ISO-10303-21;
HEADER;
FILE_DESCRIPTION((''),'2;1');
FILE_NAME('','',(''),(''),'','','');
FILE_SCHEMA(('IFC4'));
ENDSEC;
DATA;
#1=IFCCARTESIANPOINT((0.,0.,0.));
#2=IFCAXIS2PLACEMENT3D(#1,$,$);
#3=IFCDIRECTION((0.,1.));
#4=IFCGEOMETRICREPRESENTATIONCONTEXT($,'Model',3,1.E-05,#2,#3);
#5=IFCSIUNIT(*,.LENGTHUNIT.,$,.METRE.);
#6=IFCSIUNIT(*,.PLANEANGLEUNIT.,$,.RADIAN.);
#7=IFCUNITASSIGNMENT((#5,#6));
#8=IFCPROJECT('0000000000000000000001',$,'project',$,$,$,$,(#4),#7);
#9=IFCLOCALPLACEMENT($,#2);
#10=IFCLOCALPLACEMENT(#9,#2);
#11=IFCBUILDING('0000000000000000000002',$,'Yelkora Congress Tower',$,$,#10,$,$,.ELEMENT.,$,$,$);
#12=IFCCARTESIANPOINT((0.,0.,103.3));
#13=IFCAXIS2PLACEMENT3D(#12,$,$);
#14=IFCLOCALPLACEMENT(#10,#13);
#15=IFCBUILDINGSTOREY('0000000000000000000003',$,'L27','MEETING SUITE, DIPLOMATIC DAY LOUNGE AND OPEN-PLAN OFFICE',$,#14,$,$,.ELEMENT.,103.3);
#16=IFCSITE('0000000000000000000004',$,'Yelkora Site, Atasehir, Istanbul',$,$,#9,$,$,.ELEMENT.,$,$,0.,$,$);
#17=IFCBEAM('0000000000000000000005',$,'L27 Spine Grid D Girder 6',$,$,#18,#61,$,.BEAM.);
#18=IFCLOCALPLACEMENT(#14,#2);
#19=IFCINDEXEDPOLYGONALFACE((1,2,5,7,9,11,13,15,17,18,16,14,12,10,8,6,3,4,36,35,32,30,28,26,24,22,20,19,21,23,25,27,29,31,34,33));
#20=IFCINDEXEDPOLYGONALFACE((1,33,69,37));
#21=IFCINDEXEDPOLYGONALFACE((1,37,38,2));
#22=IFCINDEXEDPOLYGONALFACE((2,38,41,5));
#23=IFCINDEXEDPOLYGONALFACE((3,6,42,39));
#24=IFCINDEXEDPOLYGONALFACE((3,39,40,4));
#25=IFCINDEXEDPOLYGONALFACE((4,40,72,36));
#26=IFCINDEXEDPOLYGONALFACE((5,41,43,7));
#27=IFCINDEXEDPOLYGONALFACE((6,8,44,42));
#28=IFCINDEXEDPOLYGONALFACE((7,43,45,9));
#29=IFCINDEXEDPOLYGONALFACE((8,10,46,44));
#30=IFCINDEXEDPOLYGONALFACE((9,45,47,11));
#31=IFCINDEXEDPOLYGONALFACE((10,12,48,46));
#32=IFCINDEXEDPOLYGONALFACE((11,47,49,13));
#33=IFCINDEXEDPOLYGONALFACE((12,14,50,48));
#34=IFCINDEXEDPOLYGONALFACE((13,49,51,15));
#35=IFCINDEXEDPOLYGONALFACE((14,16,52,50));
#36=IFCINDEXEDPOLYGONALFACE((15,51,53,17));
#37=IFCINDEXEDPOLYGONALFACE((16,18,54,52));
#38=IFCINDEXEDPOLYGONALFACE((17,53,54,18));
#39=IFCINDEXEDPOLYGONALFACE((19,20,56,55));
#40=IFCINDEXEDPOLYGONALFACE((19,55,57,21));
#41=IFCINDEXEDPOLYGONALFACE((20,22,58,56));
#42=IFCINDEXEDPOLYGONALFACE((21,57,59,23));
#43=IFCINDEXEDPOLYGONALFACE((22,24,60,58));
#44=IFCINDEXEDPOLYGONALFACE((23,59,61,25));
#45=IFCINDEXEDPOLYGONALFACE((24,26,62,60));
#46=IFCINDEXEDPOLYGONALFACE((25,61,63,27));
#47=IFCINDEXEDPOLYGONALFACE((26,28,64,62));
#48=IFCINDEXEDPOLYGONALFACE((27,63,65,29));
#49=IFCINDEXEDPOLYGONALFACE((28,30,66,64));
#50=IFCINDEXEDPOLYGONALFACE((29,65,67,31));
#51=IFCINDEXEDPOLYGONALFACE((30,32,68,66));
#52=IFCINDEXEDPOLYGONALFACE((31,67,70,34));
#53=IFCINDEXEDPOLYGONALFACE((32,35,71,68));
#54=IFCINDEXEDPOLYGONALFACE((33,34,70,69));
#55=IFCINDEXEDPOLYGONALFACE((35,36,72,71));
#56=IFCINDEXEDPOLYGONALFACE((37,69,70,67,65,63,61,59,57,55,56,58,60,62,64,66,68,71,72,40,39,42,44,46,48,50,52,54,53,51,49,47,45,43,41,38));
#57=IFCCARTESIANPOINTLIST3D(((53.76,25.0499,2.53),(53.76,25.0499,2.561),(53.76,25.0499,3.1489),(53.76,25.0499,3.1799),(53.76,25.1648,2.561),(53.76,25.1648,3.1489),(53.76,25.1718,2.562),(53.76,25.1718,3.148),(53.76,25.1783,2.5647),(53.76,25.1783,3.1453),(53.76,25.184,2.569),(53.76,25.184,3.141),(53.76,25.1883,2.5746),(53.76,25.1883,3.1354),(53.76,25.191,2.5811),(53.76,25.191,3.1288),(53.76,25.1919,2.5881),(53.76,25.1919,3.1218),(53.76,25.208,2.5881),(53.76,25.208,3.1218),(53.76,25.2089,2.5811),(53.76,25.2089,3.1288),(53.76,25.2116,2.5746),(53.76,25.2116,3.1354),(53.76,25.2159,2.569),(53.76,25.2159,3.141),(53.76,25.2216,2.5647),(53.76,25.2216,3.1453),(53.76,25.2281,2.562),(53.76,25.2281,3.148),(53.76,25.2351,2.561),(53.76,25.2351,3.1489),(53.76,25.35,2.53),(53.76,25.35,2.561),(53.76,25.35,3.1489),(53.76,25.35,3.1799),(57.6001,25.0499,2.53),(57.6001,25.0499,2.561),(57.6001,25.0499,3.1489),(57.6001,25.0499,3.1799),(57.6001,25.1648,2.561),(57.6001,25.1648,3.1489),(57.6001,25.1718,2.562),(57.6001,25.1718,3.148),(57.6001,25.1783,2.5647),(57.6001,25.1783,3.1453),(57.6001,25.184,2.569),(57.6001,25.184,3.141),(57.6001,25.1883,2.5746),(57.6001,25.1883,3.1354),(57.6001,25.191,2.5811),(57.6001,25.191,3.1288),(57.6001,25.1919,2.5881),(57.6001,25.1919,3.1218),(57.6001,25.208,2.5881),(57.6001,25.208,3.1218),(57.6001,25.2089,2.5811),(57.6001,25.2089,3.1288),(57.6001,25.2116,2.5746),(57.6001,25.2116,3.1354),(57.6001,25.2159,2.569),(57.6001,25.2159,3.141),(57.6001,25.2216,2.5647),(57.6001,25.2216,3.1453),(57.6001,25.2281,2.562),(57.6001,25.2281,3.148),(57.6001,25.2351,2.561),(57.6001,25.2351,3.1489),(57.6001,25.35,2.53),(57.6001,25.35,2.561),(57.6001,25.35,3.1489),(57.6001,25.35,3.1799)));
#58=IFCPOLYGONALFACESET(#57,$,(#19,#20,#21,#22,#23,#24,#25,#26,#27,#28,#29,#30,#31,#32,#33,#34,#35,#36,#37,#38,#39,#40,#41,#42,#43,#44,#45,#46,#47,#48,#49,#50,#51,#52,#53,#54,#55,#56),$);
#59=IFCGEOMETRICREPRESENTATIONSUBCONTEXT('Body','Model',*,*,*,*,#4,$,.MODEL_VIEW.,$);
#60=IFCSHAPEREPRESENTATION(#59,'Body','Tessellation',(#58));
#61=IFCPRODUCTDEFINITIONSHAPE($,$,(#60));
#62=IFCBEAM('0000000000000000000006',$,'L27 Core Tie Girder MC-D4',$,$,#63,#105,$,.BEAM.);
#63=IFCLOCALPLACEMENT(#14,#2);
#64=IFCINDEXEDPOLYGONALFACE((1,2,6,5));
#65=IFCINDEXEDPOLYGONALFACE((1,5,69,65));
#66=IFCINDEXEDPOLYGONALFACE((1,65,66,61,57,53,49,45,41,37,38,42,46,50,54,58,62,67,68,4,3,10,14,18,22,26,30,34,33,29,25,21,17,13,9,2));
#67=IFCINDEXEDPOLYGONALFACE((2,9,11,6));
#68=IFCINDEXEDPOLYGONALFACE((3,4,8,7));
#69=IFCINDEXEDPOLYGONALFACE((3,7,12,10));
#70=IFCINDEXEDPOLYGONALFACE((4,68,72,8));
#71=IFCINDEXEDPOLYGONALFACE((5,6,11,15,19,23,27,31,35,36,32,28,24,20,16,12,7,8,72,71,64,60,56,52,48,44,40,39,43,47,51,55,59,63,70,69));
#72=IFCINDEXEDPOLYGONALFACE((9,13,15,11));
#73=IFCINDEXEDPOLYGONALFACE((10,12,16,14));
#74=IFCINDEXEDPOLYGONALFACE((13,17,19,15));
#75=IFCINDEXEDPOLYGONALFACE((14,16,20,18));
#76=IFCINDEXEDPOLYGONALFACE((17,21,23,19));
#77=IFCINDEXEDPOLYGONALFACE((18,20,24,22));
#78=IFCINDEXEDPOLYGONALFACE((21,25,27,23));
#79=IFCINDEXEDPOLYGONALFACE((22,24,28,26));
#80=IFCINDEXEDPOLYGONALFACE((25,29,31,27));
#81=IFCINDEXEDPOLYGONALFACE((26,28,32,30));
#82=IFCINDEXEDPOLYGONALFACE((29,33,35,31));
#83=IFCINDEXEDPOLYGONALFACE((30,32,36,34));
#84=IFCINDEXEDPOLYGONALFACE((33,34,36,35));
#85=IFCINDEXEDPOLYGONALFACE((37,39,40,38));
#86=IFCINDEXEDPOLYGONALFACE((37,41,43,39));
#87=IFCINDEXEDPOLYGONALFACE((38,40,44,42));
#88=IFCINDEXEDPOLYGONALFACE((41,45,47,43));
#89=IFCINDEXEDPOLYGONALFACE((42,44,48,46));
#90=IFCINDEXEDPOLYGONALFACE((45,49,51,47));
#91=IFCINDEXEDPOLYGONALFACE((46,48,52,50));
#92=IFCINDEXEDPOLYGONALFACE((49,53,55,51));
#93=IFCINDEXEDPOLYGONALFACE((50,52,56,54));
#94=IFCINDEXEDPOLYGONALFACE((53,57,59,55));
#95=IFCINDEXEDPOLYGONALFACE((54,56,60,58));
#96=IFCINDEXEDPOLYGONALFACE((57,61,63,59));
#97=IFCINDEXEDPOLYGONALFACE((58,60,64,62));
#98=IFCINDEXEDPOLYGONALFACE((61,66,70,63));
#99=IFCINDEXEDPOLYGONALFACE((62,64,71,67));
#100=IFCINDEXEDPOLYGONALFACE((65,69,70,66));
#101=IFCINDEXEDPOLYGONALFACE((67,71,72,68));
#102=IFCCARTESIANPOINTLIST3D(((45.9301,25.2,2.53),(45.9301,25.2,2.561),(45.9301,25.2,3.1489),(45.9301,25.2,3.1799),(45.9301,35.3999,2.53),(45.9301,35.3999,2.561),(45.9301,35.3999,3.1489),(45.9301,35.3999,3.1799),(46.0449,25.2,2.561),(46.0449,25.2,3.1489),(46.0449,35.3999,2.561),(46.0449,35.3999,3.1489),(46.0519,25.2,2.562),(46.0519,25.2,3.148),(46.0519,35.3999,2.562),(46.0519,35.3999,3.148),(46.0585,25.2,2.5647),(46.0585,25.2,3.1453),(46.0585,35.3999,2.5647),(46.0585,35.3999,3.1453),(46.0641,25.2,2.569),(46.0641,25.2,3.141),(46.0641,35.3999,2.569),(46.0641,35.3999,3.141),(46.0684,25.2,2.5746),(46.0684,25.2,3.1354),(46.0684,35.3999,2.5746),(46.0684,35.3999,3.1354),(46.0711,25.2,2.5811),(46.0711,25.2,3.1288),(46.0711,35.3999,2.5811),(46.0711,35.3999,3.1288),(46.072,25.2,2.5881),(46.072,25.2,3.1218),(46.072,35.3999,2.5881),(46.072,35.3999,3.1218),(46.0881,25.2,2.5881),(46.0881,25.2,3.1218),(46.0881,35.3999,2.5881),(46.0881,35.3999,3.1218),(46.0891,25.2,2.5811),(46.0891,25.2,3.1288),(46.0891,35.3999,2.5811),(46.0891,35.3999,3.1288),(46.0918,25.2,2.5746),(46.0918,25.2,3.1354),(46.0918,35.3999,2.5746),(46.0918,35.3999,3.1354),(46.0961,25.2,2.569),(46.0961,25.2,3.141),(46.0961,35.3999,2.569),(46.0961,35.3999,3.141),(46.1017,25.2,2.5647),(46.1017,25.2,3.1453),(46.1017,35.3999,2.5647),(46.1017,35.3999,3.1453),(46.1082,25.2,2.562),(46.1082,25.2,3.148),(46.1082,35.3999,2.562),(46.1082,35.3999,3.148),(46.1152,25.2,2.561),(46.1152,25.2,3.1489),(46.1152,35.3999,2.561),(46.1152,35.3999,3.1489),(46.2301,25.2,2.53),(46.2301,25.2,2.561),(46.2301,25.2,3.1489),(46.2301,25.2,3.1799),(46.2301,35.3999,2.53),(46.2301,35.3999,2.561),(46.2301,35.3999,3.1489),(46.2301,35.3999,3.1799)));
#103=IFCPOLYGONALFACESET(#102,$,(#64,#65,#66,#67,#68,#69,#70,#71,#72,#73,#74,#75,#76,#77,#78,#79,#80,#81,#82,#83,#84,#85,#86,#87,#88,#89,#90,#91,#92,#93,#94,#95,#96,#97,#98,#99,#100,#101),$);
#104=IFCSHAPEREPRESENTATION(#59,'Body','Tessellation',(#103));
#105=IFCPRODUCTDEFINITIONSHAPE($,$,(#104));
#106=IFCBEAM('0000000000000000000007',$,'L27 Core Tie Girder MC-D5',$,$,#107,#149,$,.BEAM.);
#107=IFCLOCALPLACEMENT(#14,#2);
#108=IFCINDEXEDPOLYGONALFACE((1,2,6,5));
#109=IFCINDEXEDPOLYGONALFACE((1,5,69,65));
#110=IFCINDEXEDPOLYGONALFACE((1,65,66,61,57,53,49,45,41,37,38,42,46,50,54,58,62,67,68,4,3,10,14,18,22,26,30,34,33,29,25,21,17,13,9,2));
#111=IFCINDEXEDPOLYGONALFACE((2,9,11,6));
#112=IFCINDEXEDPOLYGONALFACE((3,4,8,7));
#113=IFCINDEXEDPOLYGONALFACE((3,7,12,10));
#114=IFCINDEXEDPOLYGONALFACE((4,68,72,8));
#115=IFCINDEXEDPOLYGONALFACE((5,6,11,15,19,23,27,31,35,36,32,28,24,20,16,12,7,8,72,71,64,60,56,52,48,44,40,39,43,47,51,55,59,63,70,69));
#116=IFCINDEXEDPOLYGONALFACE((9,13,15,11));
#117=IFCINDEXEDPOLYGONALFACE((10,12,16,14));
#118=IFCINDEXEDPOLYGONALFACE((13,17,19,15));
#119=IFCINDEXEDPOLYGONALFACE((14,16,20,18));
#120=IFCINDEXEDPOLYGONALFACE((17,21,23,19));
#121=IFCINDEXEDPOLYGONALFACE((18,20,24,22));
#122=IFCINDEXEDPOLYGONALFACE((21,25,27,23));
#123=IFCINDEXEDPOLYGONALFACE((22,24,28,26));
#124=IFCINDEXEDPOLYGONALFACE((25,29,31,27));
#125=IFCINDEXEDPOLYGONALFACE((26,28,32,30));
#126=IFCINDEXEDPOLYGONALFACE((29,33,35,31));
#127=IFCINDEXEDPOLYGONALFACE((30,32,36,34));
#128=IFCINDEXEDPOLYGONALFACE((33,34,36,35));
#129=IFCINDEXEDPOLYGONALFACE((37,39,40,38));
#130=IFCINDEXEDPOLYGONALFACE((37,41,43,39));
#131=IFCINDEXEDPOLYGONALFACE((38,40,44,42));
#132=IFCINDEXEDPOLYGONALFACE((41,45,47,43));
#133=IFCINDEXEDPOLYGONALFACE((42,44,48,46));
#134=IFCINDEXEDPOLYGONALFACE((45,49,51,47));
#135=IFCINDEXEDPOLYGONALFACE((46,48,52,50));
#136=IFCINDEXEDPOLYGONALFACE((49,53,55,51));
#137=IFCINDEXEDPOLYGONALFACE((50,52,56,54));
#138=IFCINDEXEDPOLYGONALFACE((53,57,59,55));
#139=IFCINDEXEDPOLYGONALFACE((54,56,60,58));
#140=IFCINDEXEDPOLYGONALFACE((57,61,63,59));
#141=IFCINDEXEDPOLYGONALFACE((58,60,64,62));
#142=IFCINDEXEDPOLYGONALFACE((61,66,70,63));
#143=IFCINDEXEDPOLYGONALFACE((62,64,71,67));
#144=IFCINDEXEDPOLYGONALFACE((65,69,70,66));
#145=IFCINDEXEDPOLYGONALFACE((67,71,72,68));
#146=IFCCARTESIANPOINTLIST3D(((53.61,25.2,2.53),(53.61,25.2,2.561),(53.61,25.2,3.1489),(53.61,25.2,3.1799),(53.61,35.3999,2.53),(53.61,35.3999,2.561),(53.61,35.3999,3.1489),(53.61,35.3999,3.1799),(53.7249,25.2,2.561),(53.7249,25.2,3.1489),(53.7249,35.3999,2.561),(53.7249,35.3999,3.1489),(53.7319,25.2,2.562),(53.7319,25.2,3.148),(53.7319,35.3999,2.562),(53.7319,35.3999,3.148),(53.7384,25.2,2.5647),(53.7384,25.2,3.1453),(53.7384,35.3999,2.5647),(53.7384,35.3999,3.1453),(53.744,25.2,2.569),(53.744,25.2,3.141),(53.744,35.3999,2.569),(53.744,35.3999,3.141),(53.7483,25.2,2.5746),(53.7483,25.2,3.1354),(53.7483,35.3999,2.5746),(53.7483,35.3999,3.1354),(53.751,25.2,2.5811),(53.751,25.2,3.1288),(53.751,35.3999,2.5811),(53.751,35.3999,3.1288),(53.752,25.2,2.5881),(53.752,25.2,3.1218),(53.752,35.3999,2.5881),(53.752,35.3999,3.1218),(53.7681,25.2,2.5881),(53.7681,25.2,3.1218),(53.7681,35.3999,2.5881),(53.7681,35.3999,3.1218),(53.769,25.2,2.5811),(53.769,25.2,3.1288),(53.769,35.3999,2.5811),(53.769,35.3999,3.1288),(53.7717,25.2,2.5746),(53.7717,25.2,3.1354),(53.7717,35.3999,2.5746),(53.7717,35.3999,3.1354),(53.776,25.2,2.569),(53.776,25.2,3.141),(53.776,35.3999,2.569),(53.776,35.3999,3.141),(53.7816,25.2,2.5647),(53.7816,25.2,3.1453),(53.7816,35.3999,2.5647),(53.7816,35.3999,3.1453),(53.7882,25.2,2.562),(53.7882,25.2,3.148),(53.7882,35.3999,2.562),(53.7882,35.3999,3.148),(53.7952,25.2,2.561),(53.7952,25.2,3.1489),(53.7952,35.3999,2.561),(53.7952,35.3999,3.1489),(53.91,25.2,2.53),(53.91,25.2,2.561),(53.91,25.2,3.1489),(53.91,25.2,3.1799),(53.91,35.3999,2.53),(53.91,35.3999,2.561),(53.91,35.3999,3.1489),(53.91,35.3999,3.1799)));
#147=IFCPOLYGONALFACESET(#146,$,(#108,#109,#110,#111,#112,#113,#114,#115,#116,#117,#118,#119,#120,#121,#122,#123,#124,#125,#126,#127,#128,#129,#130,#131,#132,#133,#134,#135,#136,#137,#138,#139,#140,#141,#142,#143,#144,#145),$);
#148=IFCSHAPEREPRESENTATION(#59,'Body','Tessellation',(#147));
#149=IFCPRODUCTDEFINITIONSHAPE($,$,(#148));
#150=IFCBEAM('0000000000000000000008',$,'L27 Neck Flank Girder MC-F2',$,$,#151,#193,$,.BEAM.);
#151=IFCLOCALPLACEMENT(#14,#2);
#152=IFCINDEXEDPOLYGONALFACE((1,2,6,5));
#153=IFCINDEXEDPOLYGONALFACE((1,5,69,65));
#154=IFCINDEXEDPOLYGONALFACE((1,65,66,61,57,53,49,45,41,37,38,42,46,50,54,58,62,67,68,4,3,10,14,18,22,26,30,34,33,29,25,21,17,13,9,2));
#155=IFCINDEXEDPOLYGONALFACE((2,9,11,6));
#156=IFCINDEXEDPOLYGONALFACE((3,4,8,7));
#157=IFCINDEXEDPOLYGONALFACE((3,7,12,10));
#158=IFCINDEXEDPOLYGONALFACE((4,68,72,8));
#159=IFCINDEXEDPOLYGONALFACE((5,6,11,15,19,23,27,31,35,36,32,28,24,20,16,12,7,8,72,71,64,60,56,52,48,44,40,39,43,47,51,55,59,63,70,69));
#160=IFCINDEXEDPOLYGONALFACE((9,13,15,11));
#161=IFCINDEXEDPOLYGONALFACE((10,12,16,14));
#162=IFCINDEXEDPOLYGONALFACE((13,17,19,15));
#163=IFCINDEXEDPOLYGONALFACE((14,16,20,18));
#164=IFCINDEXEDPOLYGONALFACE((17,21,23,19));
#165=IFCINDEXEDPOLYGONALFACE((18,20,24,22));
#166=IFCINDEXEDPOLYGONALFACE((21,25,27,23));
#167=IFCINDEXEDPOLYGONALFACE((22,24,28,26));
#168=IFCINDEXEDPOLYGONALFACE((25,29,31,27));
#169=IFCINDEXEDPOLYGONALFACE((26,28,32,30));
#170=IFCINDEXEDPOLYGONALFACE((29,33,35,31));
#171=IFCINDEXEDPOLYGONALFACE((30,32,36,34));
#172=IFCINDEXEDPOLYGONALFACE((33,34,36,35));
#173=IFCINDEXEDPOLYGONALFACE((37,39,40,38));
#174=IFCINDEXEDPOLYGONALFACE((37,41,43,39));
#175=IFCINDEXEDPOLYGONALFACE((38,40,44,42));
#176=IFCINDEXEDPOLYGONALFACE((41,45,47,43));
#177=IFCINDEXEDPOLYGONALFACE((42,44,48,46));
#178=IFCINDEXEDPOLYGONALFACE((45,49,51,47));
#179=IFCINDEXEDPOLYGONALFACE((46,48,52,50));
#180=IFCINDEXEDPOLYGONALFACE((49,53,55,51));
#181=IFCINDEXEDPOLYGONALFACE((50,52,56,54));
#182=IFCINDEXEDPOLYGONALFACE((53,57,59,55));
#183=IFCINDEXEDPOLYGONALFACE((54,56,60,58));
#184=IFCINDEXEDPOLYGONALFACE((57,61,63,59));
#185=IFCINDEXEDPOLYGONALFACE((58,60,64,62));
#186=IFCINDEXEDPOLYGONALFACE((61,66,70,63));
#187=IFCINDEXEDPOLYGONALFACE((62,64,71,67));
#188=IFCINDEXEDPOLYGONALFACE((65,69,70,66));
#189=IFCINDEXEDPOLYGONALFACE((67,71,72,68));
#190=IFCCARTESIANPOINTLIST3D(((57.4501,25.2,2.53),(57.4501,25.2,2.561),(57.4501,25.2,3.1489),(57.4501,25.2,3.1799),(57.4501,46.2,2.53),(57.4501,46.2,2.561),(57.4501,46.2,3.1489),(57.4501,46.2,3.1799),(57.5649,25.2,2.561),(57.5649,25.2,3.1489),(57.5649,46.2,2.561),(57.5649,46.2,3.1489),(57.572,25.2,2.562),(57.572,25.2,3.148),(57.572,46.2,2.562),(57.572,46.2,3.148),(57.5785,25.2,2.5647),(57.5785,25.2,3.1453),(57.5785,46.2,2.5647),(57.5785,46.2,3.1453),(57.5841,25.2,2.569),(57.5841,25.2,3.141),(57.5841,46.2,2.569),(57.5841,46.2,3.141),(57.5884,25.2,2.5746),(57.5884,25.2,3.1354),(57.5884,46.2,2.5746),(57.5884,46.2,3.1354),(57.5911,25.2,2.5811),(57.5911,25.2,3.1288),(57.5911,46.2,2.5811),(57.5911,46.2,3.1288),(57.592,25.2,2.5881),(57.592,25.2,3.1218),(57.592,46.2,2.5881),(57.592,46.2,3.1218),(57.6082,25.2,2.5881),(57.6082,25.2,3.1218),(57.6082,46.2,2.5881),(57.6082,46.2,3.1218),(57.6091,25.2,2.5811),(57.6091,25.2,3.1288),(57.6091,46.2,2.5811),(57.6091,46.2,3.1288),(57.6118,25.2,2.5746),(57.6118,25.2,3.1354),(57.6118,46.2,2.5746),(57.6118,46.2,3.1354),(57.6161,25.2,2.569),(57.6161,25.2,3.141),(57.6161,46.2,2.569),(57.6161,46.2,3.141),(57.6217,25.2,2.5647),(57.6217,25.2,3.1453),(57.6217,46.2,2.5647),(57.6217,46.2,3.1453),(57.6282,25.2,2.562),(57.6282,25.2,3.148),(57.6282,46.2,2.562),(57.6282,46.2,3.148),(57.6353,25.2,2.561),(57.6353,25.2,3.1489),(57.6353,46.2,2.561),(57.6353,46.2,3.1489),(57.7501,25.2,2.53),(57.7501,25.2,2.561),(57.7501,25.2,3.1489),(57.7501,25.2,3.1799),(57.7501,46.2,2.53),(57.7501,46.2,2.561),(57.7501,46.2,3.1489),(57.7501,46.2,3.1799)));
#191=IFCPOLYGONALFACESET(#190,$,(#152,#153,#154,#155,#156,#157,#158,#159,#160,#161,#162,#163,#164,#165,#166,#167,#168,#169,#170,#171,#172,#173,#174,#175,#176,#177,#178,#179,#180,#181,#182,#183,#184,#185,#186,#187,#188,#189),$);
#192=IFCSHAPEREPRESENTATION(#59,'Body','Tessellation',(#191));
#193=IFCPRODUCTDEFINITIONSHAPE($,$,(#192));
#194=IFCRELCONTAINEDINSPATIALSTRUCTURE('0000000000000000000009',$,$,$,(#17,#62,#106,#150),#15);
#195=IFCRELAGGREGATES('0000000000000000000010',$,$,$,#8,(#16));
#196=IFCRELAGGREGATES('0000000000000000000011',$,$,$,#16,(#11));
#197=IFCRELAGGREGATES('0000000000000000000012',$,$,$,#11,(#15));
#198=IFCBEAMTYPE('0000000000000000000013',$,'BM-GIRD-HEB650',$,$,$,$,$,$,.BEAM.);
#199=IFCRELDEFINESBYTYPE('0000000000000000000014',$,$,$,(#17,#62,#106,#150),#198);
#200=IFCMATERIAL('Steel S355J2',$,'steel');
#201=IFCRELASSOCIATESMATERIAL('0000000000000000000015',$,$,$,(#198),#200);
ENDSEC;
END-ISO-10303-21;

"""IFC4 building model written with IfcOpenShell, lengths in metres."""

from ifc_helpers import new_model, si_unit, direction, frame, origin, origin_2d, place, context, subcontext, project, spatial, i_section, extrude, material, material_profile, profile_set, type_object, element, save


model = new_model("IFC4")

# Units and contexts
model_context = context("Model", 3, precision=1e-05, world=origin(), true_north=direction((0.0, 1.0)))
body_context = subcontext(model_context, "Body", "Model", "MODEL_VIEW")
ifc_project = project(units=[si_unit("LENGTHUNIT", "METRE"), si_unit("PLANEANGLEUNIT", "RADIAN")], contexts=[model_context])

# Site, building, storey
site_placement = place(None, origin())
site = spatial("IfcSite", under=ifc_project, at=site_placement, Name="Yelkora Site, Atasehir, Istanbul", CompositionType="ELEMENT", RefElevation=0.0)
building_placement = place(site_placement, origin())
building = spatial("IfcBuilding", under=site, at=building_placement, Name="Yelkora Congress Tower", CompositionType="ELEMENT")
storey_placement = place(building_placement, frame((0.0, 0.0, 103.3)))
storey = spatial("IfcBuildingStorey", under=building, at=storey_placement, Name="L27", Description="MEETING SUITE, DIPLOMATIC DAY LOUNGE AND OPEN-PLAN OFFICE", CompositionType="ELEMENT", Elevation=103.3)

# Beams
ifc_material_1 = material(Name="Steel S355J2", Category="steel")
ifc_material_profile_1 = material_profile(ifc_material_1, i_section(OverallWidth=0.3, OverallDepth=0.6499, WebThickness=0.0161, FlangeThickness=0.031, FilletRadius=0.0271, at=origin_2d()), Name="HEB 650")
ifc_profile_set_1 = profile_set([ifc_material_profile_1], Name="Steel S355J2")
beam_type_1 = type_object("IfcBeamType", Name="BM-GIRD-HEB650", PredefinedType="BEAM", material=ifc_profile_set_1)
beam_1_placement = place(storey_placement, frame((53.76, 25.2, 2.855), z_axis=(1.0, 0.0, 0.0), x_axis=(0.0, 1.0, 0.0)))
element("IfcBeam", 1, at=beam_1_placement, inside=storey, type_object=beam_type_1, Name="L27 Spine Grid D Girder 6", PredefinedType="BEAM", context=body_context, shape_type="SweptSolid", body=[
    extrude(i_section(OverallWidth=0.3, OverallDepth=0.6499, WebThickness=0.0161, FlangeThickness=0.031, FilletRadius=0.0271, at=origin_2d()), origin(), (0.0, 0.0, 1.0), 3.8401),
])
for number, where, z_axis, x_axis, name in (
    (2, (46.0801, 25.2, 2.855), (0.0, 1.0, 0.0), (-1.0, 0.0, 0.0), "L27 Core Tie Girder MC-D4"),
    (3, (53.76, 25.2, 2.855), (0.0, 1.0, 0.0), (-1.0, 0.0, 0.0), "L27 Core Tie Girder MC-D5"),
):
    element("IfcBeam", number, at=place(storey_placement, frame(where, z_axis=z_axis, x_axis=x_axis)), inside=storey, type_object=beam_type_1, Name=name, PredefinedType="BEAM", context=body_context, shape_type="SweptSolid", body=[
        extrude(i_section(OverallWidth=0.3, OverallDepth=0.6499, WebThickness=0.0161, FlangeThickness=0.031, FilletRadius=0.0271, at=origin_2d()), origin(), (0.0, 0.0, 1.0), 10.2),
    ])
beam_2_placement = place(storey_placement, frame((57.6001, 25.2, 2.855), z_axis=(0.0, 1.0, 0.0), x_axis=(-1.0, 0.0, 0.0)))
element("IfcBeam", 4, at=beam_2_placement, inside=storey, type_object=beam_type_1, Name="L27 Neck Flank Girder MC-F2", PredefinedType="BEAM", context=body_context, shape_type="SweptSolid", body=[
    extrude(i_section(OverallWidth=0.3, OverallDepth=0.6499, WebThickness=0.0161, FlangeThickness=0.031, FilletRadius=0.0271, at=origin_2d()), origin(), (0.0, 0.0, 1.0), 21.0),
])

save(model, "model.ifc")
